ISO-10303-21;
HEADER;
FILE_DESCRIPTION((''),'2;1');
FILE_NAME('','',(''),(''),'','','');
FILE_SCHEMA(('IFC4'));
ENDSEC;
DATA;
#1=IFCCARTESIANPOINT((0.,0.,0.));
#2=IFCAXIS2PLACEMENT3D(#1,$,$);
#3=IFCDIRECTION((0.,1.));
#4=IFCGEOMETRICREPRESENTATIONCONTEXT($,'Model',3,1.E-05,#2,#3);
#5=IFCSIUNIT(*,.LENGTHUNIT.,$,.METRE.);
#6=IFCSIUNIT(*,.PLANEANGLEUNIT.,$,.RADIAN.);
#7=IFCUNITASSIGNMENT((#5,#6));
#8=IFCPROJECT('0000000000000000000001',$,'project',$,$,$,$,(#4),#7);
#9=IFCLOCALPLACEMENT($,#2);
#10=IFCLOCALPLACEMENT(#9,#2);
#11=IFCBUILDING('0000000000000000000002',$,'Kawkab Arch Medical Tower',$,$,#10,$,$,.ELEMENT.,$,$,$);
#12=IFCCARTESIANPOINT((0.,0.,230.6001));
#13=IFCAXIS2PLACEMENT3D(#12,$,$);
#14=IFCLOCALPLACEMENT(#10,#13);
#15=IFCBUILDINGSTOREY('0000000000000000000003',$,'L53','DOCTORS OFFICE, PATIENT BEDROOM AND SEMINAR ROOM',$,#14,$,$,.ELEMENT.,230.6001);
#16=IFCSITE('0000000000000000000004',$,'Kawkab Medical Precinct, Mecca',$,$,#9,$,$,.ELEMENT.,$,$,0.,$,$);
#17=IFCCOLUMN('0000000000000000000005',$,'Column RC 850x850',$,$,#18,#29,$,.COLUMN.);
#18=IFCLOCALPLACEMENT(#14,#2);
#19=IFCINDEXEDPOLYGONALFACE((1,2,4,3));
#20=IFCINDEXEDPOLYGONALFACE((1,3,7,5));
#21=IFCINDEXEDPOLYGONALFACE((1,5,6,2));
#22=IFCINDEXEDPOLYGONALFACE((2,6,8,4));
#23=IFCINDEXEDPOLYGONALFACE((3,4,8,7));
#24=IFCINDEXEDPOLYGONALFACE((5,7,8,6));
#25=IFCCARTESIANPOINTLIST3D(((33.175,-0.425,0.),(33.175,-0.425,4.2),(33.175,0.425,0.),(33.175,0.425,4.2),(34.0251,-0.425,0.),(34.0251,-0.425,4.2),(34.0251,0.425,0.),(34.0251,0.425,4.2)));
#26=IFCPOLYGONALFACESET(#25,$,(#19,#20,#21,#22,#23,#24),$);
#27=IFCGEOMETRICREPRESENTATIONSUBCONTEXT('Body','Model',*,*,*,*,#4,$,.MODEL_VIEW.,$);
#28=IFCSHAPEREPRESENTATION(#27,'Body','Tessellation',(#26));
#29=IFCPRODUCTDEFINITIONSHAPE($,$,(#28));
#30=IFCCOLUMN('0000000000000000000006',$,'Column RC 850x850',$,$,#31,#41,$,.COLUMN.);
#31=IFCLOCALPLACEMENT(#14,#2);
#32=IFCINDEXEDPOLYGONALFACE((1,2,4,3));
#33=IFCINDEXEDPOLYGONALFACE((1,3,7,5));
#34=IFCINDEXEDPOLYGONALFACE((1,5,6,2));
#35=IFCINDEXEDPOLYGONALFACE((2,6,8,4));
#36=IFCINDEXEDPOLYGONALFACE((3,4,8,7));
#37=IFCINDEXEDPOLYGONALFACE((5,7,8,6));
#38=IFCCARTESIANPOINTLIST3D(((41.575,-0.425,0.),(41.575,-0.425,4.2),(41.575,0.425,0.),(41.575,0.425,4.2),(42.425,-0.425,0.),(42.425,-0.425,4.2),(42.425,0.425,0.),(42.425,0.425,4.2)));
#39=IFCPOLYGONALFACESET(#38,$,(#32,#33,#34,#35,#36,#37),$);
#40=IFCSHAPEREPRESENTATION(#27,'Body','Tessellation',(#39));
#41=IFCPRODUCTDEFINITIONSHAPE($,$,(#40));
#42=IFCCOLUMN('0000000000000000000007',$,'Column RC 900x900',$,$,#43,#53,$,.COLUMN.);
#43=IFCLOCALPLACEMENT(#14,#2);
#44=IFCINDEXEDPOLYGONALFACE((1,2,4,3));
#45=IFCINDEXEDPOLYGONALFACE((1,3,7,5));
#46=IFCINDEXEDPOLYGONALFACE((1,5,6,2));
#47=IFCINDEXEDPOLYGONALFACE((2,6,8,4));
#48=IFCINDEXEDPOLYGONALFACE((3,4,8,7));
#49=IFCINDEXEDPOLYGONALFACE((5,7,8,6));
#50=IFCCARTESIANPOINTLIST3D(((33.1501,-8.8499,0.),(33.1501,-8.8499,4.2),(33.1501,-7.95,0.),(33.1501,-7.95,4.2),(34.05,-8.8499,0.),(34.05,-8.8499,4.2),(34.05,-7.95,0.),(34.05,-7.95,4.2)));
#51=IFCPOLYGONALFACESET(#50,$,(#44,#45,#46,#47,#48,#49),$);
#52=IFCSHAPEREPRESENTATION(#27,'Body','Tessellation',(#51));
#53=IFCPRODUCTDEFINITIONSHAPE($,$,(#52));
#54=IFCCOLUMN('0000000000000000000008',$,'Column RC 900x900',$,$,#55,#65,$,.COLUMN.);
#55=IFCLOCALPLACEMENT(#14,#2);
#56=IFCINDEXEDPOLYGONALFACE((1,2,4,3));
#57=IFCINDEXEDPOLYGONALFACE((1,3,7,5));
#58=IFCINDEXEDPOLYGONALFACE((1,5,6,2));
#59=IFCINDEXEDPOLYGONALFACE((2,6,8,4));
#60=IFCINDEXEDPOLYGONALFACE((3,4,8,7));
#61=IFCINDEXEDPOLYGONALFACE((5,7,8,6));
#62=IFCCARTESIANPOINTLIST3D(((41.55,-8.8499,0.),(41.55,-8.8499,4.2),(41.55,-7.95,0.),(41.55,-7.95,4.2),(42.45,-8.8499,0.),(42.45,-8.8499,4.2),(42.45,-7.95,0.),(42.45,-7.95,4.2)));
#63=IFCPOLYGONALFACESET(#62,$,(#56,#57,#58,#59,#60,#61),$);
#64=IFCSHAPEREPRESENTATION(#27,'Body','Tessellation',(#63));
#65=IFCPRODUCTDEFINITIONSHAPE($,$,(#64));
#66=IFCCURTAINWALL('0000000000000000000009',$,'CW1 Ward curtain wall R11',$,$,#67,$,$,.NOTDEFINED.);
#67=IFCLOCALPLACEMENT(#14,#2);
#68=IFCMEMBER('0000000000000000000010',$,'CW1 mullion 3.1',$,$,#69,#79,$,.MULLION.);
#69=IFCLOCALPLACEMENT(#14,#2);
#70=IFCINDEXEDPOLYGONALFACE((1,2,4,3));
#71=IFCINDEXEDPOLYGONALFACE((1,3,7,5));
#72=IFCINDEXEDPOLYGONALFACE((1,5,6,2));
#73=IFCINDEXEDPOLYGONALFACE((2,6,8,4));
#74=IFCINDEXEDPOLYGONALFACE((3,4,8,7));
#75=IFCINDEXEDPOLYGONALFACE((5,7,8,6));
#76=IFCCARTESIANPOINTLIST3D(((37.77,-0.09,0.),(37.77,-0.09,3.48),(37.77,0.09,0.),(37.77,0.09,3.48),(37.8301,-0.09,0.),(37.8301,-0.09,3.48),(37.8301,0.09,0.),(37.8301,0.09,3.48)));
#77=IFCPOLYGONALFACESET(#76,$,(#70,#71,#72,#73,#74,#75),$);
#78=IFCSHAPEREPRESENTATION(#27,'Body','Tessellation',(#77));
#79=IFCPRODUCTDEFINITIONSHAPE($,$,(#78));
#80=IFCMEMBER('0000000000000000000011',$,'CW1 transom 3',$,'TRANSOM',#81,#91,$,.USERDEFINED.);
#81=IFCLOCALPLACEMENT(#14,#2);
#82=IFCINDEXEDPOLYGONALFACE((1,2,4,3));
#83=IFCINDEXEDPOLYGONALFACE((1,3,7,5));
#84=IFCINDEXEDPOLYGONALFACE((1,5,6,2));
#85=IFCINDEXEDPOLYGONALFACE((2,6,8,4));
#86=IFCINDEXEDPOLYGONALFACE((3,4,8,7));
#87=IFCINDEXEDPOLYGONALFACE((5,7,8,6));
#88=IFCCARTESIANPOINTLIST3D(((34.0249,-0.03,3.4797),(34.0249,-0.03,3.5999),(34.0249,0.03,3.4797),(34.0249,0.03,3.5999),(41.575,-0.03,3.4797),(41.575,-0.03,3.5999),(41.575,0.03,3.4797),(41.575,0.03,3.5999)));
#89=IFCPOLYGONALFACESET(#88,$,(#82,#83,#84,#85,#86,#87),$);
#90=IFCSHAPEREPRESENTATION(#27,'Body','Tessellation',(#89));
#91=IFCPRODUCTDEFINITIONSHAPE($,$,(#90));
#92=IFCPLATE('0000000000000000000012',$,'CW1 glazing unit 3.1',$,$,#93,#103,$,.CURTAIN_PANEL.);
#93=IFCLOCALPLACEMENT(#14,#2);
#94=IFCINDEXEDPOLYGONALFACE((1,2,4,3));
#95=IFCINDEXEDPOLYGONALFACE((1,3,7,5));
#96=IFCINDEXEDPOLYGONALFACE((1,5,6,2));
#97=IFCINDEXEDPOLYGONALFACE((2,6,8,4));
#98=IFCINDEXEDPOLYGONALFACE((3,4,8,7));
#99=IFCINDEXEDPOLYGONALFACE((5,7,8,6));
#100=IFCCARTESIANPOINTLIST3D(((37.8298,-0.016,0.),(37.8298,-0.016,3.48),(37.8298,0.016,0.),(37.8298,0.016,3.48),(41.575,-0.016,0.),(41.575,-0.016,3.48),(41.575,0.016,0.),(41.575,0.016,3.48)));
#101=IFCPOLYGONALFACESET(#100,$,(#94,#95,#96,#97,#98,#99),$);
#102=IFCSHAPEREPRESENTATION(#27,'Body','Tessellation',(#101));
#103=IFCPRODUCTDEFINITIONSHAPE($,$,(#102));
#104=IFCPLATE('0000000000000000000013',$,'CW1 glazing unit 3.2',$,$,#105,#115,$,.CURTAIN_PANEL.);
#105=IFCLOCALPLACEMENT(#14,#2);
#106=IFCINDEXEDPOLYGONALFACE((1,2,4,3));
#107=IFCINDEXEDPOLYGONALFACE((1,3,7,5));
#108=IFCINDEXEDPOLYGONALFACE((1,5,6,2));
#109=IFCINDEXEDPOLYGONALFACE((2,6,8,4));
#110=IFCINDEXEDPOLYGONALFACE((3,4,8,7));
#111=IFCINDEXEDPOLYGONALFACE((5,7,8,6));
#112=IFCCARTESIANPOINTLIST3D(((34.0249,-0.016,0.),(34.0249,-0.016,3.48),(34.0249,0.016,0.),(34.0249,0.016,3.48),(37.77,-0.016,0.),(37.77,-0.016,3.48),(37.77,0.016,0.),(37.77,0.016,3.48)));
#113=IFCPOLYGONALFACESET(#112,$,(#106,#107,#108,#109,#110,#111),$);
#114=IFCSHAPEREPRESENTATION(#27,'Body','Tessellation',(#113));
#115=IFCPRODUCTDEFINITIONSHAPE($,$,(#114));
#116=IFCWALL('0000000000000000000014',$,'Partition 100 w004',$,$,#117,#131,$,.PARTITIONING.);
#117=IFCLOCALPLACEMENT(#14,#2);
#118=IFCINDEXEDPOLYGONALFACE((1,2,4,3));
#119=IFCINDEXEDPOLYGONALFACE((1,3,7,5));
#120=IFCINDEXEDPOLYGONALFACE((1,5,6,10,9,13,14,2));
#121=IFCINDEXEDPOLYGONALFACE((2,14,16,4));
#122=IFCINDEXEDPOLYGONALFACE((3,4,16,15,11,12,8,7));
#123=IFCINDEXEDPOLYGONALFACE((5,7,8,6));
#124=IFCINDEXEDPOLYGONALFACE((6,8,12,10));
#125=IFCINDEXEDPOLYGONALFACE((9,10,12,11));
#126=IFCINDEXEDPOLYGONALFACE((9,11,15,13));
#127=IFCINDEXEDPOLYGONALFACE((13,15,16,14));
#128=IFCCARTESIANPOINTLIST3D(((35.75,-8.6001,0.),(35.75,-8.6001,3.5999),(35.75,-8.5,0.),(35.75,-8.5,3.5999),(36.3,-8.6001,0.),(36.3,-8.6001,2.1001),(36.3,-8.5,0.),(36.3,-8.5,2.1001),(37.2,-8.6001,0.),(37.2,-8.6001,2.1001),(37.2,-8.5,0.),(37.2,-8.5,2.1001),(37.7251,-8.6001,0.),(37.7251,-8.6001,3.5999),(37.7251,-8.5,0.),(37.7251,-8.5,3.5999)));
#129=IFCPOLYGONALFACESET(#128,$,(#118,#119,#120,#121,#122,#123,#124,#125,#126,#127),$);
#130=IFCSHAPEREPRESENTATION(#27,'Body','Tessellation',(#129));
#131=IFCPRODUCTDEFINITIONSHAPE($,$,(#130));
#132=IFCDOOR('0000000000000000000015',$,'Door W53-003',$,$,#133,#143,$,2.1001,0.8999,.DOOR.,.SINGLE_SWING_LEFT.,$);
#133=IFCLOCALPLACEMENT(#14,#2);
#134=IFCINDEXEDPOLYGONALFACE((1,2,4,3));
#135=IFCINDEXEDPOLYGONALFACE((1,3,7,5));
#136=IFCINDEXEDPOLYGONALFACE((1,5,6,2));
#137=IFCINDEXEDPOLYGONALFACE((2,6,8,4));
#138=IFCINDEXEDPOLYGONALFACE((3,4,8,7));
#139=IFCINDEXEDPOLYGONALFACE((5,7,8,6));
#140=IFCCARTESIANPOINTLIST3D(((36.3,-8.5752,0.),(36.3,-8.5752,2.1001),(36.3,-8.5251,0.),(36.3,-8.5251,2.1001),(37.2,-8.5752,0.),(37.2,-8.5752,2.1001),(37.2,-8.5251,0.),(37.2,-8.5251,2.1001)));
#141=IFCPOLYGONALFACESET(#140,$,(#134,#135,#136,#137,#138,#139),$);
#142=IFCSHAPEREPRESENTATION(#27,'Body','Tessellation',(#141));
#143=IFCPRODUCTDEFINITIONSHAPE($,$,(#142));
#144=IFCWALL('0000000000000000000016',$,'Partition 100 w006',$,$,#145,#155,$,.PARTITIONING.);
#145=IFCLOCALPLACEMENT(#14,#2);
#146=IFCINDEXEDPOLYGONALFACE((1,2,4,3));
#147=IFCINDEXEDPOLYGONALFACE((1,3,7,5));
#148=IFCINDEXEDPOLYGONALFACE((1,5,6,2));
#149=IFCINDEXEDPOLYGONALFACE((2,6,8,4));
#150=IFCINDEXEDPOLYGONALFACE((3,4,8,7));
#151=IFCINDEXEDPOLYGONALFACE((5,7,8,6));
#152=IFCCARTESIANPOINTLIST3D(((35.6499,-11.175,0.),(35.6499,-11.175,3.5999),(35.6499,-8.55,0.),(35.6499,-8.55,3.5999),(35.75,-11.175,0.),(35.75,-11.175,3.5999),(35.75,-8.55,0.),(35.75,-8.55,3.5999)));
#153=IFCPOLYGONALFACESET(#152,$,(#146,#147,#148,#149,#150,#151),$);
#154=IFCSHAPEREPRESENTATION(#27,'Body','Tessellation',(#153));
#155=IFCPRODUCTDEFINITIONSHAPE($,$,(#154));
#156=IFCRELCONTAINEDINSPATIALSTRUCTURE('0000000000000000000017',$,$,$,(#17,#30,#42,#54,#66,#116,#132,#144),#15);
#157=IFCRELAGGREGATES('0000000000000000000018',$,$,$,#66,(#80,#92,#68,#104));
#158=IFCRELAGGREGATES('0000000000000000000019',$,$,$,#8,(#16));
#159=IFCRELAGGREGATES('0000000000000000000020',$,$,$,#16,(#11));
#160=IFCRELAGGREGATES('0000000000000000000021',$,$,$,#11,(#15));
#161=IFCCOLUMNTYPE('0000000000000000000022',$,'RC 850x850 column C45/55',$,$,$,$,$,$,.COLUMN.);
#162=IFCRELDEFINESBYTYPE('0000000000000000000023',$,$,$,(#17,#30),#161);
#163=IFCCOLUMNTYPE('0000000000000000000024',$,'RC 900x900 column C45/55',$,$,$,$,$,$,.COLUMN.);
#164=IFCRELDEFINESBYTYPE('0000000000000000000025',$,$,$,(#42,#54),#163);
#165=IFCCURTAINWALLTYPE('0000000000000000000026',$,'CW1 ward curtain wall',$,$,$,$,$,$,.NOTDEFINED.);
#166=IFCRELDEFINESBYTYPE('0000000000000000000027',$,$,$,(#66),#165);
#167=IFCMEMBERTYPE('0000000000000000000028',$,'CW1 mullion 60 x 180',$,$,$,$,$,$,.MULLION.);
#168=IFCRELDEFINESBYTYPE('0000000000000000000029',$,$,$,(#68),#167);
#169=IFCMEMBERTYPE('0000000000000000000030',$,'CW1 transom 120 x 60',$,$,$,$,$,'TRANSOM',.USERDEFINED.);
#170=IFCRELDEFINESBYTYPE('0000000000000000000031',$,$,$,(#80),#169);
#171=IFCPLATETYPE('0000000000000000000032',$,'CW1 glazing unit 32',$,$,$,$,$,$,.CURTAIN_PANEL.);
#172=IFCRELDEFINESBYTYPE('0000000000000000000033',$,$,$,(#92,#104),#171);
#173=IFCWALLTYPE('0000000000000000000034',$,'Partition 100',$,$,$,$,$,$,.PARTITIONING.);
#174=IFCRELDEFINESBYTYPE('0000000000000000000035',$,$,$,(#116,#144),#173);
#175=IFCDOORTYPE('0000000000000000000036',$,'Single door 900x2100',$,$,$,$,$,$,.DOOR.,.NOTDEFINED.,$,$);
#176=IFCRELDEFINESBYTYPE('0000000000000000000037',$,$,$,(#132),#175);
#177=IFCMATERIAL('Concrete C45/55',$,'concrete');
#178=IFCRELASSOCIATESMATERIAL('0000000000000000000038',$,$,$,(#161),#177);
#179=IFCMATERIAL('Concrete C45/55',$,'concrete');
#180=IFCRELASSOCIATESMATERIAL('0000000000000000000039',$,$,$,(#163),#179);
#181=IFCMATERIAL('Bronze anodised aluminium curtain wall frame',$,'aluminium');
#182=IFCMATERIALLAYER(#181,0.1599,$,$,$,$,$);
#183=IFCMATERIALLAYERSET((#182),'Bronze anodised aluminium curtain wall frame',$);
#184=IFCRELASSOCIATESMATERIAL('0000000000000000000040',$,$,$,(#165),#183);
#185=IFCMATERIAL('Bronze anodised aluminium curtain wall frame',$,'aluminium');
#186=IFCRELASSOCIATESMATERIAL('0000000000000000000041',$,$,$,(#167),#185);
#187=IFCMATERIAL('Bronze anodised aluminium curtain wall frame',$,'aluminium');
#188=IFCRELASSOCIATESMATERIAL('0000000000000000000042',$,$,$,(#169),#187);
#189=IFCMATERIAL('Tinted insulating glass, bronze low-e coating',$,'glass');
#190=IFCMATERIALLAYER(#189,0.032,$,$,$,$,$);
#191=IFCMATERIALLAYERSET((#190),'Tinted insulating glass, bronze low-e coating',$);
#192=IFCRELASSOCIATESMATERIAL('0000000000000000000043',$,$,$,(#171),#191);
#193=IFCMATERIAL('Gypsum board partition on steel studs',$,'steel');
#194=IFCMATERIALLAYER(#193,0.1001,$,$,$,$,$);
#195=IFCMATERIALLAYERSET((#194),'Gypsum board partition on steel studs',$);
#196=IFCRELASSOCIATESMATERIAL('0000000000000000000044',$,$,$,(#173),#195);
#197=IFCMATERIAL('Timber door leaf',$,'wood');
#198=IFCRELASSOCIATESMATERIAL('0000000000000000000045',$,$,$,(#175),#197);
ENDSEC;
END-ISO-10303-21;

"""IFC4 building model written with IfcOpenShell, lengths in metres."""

from ifc_helpers import new_model, si_unit, direction, frame, frame_2d, origin, origin_2d, place, context, subcontext, project, spatial, rectangle, extrude, material, layer, layer_set, material_profile, profile_set, type_object, element, fill, aggregate, save


model = new_model("IFC4")

# Units and contexts
model_context = context("Model", 3, precision=1e-05, world=origin(), true_north=direction((0.0, 1.0)))
body_context = subcontext(model_context, "Body", "Model", "MODEL_VIEW")
ifc_project = project(units=[si_unit("LENGTHUNIT", "METRE"), si_unit("PLANEANGLEUNIT", "RADIAN")], contexts=[model_context])

# Site, building, storey
site_placement = place(None, origin())
site = spatial("IfcSite", under=ifc_project, at=site_placement, Name="Kawkab Medical Precinct, Mecca", CompositionType="ELEMENT", RefElevation=0.0)
building_placement = place(site_placement, origin())
building = spatial("IfcBuilding", under=site, at=building_placement, Name="Kawkab Arch Medical Tower", CompositionType="ELEMENT")
storey_placement = place(building_placement, frame((0.0, 0.0, 230.6001)))
storey = spatial("IfcBuildingStorey", under=building, at=storey_placement, Name="L53", Description="DOCTORS OFFICE, PATIENT BEDROOM AND SEMINAR ROOM", CompositionType="ELEMENT", Elevation=230.6001)

# Columns
ifc_material_1 = material(Name="Concrete C45/55", Category="concrete")
ifc_material_profile_1 = material_profile(ifc_material_1, rectangle(XDim=0.8501, YDim=0.8501, at=origin_2d()), Name="RC 850x850")
ifc_profile_set_1 = profile_set([ifc_material_profile_1], Name="Concrete C45/55")
column_type_1 = type_object("IfcColumnType", Name="RC 850x850 column C45/55", PredefinedType="COLUMN", material=ifc_profile_set_1)
for number, where, z_axis, x_axis, name in (
    (1, (33.6001, 0.0, 0.0), (0.0, 0.0, 1.0), (1.0, 0.0, 0.0), "Column RC 850x850"),
    (2, (42.0, 0.0, 0.0), (0.0, 0.0, 1.0), (1.0, 0.0, 0.0), "Column RC 850x850"),
):
    element("IfcColumn", number, at=place(storey_placement, frame(where, z_axis=z_axis, x_axis=x_axis)), inside=storey, type_object=column_type_1, Name=name, PredefinedType="COLUMN", context=body_context, shape_type="SweptSolid", body=[
        extrude(rectangle(XDim=0.8501, YDim=0.8501, at=origin_2d()), origin(), (0.0, 0.0, 1.0), 4.2),
    ])
ifc_material_2 = material(Name="Concrete C45/55", Category="concrete")
ifc_material_profile_2 = material_profile(ifc_material_2, rectangle(XDim=0.8999, YDim=0.8999, at=origin_2d()), Name="RC 900x900")
ifc_profile_set_2 = profile_set([ifc_material_profile_2], Name="Concrete C45/55")
column_type_2 = type_object("IfcColumnType", Name="RC 900x900 column C45/55", PredefinedType="COLUMN", material=ifc_profile_set_2)
for number, where, z_axis, x_axis, name in (
    (3, (33.6001, -8.3999, 0.0), (0.0, 0.0, 1.0), (1.0, 0.0, 0.0), "Column RC 900x900"),
    (4, (42.0, -8.3999, 0.0), (0.0, 0.0, 1.0), (1.0, 0.0, 0.0), "Column RC 900x900"),
):
    element("IfcColumn", number, at=place(storey_placement, frame(where, z_axis=z_axis, x_axis=x_axis)), inside=storey, type_object=column_type_2, Name=name, PredefinedType="COLUMN", context=body_context, shape_type="SweptSolid", body=[
        extrude(rectangle(XDim=0.8999, YDim=0.8999, at=origin_2d()), origin(), (0.0, 0.0, 1.0), 4.2),
    ])

# Curtain wall, members, plates
ifc_material_3 = material(Name="Bronze anodised aluminium curtain wall frame", Category="aluminium")
ifc_layer_1 = layer(ifc_material_3, 0.1599)
ifc_layer_set_1 = layer_set([ifc_layer_1], Name="Bronze anodised aluminium curtain wall frame")
curtain_wall_type = type_object("IfcCurtainWallType", Name="CW1 ward curtain wall", PredefinedType="NOTDEFINED", material=ifc_layer_set_1)
placement = place(storey_placement, origin())
curtain_wall = element("IfcCurtainWall", 5, at=placement, inside=storey, type_object=curtain_wall_type, Name="CW1 Ward curtain wall R11", PredefinedType="NOTDEFINED")
ifc_material_4 = material(Name="Bronze anodised aluminium curtain wall frame", Category="aluminium")
ifc_material_profile_3 = material_profile(ifc_material_4, rectangle(XDim=0.1799, YDim=0.0601, at=origin_2d()), Name="AL 60x180")
ifc_profile_set_3 = profile_set([ifc_material_profile_3], Name="Bronze anodised aluminium curtain wall frame")
member_type_1 = type_object("IfcMemberType", Name="CW1 mullion 60 x 180", PredefinedType="MULLION", material=ifc_profile_set_3)
member_1_placement = place(storey_placement, frame((37.8, 0.0, 0.0), z_axis=(0.0, 0.0, 1.0), x_axis=(0.0, -1.0, 0.0)))
member_1 = element("IfcMember", 6, at=member_1_placement, type_object=member_type_1, Name="CW1 mullion 3.1", PredefinedType="MULLION", context=body_context, shape_type="SweptSolid", body=[
    extrude(rectangle(XDim=0.1799, YDim=0.0601, at=origin_2d()), origin(), (0.0, 0.0, 1.0), 3.48),
])
ifc_material_5 = material(Name="Bronze anodised aluminium curtain wall frame", Category="aluminium")
ifc_material_profile_4 = material_profile(ifc_material_5, rectangle(XDim=0.0601, YDim=0.1201, at=origin_2d()), Name="AL 60x120")
ifc_profile_set_4 = profile_set([ifc_material_profile_4], Name="Bronze anodised aluminium curtain wall frame")
member_type_2 = type_object("IfcMemberType", Name="CW1 transom 120 x 60", ElementType="TRANSOM", PredefinedType="USERDEFINED", material=ifc_profile_set_4)
member_2_placement = place(storey_placement, frame((41.575, 0.0, 3.5398), z_axis=(-1.0, 0.0, 0.0), x_axis=(0.0, -1.0, 0.0)))
member_2 = element("IfcMember", 7, at=member_2_placement, type_object=member_type_2, Name="CW1 transom 3", ObjectType="TRANSOM", PredefinedType="USERDEFINED", context=body_context, shape_type="SweptSolid", body=[
    extrude(rectangle(XDim=0.0601, YDim=0.1201, at=origin_2d()), origin(), (0.0, 0.0, 1.0), 7.55),
])
ifc_material_6 = material(Name="Tinted insulating glass, bronze low-e coating", Category="glass")
ifc_layer_2 = layer(ifc_material_6, 0.032)
ifc_layer_set_2 = layer_set([ifc_layer_2], Name="Tinted insulating glass, bronze low-e coating")
plate_type = type_object("IfcPlateType", Name="CW1 glazing unit 32", PredefinedType="CURTAIN_PANEL", material=ifc_layer_set_2)
plate_1_placement = place(storey_placement, frame((39.7024, 0.0, 0.0), z_axis=(0.0, 0.0, 1.0), x_axis=(-1.0, 0.0, 0.0)))
plate_1 = element("IfcPlate", 8, at=plate_1_placement, type_object=plate_type, Name="CW1 glazing unit 3.1", PredefinedType="CURTAIN_PANEL", context=body_context, shape_type="SweptSolid", body=[
    extrude(rectangle(XDim=3.7451, YDim=0.032, at=origin_2d()), origin(), (0.0, 0.0, 1.0), 3.48),
])
plate_2_placement = place(storey_placement, frame((35.8975, 0.0, 0.0), z_axis=(0.0, 0.0, 1.0), x_axis=(-1.0, 0.0, 0.0)))
plate_2 = element("IfcPlate", 9, at=plate_2_placement, type_object=plate_type, Name="CW1 glazing unit 3.2", PredefinedType="CURTAIN_PANEL", context=body_context, shape_type="SweptSolid", body=[
    extrude(rectangle(XDim=3.7451, YDim=0.032, at=origin_2d()), origin(), (0.0, 0.0, 1.0), 3.48),
])
aggregate(curtain_wall, [member_2, plate_1, member_1, plate_2])

# Wall, opening, door
ifc_material_7 = material(Name="Gypsum board partition on steel studs", Category="steel")
ifc_layer_3 = layer(ifc_material_7, 0.1001)
ifc_layer_set_3 = layer_set([ifc_layer_3], Name="Gypsum board partition on steel studs")
wall_type_1 = type_object("IfcWallType", Name="Partition 100", PredefinedType="PARTITIONING", material=ifc_layer_set_3)
wall_1_placement = place(storey_placement, frame((35.75, -8.55, 0.0), z_axis=(0.0, 0.0, 1.0), x_axis=(1.0, 0.0, 0.0)))
wall_1 = element("IfcWall", 10, at=wall_1_placement, inside=storey, type_object=wall_type_1, Name="Partition 100 w004", PredefinedType="PARTITIONING", context=body_context, shape_type="SweptSolid", body=[
    extrude(rectangle(XDim=1.9751, YDim=0.1001, at=frame_2d((0.9875, 0.0))), origin(), (0.0, 0.0, 1.0), 3.5999),
])
opening_1_placement = place(wall_1_placement, frame((0.55, 0.0, 0.0)))
opening_1 = element("IfcOpeningElement", 11, at=opening_1_placement, cuts=wall_1, PredefinedType="OPENING", context=body_context, shape_type="SweptSolid", body=[
    extrude(rectangle(XDim=0.8999, YDim=2.1001, at=frame_2d((0.45, 1.05))), frame((0.0, 0.0601, 0.0), z_axis=(0.0, -1.0, 0.0), x_axis=(1.0, 0.0, 0.0)), (0.0, 0.0, 1.0), 0.1201),
])
ifc_material_8 = material(Name="Timber door leaf", Category="wood")
door_type_1 = type_object("IfcDoorType", Name="Single door 900x2100", OperationType="NOTDEFINED", PredefinedType="DOOR", material=ifc_material_8)
door_1_placement = place(opening_1_placement, origin())
door_1 = element("IfcDoor", 12, at=door_1_placement, inside=storey, type_object=door_type_1, Name="Door W53-003", OperationType="SINGLE_SWING_LEFT", OverallHeight=2.1001, OverallWidth=0.8999, PredefinedType="DOOR", context=body_context, shape_type="SweptSolid", body=[
    extrude(rectangle(XDim=0.8999, YDim=2.1001, at=frame_2d((0.45, 1.05))), frame((0.0, 0.0249, 0.0), z_axis=(0.0, -1.0, 0.0), x_axis=(1.0, 0.0, 0.0)), (0.0, 0.0, 1.0), 0.05),
])
fill(opening_1, door_1)

# Wall
wall_2_placement = place(storey_placement, frame((35.7, -11.175, 0.0), z_axis=(0.0, 0.0, 1.0), x_axis=(0.0, 1.0, 0.0)))
element("IfcWall", 13, at=wall_2_placement, inside=storey, type_object=wall_type_1, Name="Partition 100 w006", PredefinedType="PARTITIONING", context=body_context, shape_type="SweptSolid", body=[
    extrude(rectangle(XDim=2.625, YDim=0.1001, at=frame_2d((1.3125, 0.0))), origin(), (0.0, 0.0, 1.0), 3.5999),
])

save(model, "model.ifc")
